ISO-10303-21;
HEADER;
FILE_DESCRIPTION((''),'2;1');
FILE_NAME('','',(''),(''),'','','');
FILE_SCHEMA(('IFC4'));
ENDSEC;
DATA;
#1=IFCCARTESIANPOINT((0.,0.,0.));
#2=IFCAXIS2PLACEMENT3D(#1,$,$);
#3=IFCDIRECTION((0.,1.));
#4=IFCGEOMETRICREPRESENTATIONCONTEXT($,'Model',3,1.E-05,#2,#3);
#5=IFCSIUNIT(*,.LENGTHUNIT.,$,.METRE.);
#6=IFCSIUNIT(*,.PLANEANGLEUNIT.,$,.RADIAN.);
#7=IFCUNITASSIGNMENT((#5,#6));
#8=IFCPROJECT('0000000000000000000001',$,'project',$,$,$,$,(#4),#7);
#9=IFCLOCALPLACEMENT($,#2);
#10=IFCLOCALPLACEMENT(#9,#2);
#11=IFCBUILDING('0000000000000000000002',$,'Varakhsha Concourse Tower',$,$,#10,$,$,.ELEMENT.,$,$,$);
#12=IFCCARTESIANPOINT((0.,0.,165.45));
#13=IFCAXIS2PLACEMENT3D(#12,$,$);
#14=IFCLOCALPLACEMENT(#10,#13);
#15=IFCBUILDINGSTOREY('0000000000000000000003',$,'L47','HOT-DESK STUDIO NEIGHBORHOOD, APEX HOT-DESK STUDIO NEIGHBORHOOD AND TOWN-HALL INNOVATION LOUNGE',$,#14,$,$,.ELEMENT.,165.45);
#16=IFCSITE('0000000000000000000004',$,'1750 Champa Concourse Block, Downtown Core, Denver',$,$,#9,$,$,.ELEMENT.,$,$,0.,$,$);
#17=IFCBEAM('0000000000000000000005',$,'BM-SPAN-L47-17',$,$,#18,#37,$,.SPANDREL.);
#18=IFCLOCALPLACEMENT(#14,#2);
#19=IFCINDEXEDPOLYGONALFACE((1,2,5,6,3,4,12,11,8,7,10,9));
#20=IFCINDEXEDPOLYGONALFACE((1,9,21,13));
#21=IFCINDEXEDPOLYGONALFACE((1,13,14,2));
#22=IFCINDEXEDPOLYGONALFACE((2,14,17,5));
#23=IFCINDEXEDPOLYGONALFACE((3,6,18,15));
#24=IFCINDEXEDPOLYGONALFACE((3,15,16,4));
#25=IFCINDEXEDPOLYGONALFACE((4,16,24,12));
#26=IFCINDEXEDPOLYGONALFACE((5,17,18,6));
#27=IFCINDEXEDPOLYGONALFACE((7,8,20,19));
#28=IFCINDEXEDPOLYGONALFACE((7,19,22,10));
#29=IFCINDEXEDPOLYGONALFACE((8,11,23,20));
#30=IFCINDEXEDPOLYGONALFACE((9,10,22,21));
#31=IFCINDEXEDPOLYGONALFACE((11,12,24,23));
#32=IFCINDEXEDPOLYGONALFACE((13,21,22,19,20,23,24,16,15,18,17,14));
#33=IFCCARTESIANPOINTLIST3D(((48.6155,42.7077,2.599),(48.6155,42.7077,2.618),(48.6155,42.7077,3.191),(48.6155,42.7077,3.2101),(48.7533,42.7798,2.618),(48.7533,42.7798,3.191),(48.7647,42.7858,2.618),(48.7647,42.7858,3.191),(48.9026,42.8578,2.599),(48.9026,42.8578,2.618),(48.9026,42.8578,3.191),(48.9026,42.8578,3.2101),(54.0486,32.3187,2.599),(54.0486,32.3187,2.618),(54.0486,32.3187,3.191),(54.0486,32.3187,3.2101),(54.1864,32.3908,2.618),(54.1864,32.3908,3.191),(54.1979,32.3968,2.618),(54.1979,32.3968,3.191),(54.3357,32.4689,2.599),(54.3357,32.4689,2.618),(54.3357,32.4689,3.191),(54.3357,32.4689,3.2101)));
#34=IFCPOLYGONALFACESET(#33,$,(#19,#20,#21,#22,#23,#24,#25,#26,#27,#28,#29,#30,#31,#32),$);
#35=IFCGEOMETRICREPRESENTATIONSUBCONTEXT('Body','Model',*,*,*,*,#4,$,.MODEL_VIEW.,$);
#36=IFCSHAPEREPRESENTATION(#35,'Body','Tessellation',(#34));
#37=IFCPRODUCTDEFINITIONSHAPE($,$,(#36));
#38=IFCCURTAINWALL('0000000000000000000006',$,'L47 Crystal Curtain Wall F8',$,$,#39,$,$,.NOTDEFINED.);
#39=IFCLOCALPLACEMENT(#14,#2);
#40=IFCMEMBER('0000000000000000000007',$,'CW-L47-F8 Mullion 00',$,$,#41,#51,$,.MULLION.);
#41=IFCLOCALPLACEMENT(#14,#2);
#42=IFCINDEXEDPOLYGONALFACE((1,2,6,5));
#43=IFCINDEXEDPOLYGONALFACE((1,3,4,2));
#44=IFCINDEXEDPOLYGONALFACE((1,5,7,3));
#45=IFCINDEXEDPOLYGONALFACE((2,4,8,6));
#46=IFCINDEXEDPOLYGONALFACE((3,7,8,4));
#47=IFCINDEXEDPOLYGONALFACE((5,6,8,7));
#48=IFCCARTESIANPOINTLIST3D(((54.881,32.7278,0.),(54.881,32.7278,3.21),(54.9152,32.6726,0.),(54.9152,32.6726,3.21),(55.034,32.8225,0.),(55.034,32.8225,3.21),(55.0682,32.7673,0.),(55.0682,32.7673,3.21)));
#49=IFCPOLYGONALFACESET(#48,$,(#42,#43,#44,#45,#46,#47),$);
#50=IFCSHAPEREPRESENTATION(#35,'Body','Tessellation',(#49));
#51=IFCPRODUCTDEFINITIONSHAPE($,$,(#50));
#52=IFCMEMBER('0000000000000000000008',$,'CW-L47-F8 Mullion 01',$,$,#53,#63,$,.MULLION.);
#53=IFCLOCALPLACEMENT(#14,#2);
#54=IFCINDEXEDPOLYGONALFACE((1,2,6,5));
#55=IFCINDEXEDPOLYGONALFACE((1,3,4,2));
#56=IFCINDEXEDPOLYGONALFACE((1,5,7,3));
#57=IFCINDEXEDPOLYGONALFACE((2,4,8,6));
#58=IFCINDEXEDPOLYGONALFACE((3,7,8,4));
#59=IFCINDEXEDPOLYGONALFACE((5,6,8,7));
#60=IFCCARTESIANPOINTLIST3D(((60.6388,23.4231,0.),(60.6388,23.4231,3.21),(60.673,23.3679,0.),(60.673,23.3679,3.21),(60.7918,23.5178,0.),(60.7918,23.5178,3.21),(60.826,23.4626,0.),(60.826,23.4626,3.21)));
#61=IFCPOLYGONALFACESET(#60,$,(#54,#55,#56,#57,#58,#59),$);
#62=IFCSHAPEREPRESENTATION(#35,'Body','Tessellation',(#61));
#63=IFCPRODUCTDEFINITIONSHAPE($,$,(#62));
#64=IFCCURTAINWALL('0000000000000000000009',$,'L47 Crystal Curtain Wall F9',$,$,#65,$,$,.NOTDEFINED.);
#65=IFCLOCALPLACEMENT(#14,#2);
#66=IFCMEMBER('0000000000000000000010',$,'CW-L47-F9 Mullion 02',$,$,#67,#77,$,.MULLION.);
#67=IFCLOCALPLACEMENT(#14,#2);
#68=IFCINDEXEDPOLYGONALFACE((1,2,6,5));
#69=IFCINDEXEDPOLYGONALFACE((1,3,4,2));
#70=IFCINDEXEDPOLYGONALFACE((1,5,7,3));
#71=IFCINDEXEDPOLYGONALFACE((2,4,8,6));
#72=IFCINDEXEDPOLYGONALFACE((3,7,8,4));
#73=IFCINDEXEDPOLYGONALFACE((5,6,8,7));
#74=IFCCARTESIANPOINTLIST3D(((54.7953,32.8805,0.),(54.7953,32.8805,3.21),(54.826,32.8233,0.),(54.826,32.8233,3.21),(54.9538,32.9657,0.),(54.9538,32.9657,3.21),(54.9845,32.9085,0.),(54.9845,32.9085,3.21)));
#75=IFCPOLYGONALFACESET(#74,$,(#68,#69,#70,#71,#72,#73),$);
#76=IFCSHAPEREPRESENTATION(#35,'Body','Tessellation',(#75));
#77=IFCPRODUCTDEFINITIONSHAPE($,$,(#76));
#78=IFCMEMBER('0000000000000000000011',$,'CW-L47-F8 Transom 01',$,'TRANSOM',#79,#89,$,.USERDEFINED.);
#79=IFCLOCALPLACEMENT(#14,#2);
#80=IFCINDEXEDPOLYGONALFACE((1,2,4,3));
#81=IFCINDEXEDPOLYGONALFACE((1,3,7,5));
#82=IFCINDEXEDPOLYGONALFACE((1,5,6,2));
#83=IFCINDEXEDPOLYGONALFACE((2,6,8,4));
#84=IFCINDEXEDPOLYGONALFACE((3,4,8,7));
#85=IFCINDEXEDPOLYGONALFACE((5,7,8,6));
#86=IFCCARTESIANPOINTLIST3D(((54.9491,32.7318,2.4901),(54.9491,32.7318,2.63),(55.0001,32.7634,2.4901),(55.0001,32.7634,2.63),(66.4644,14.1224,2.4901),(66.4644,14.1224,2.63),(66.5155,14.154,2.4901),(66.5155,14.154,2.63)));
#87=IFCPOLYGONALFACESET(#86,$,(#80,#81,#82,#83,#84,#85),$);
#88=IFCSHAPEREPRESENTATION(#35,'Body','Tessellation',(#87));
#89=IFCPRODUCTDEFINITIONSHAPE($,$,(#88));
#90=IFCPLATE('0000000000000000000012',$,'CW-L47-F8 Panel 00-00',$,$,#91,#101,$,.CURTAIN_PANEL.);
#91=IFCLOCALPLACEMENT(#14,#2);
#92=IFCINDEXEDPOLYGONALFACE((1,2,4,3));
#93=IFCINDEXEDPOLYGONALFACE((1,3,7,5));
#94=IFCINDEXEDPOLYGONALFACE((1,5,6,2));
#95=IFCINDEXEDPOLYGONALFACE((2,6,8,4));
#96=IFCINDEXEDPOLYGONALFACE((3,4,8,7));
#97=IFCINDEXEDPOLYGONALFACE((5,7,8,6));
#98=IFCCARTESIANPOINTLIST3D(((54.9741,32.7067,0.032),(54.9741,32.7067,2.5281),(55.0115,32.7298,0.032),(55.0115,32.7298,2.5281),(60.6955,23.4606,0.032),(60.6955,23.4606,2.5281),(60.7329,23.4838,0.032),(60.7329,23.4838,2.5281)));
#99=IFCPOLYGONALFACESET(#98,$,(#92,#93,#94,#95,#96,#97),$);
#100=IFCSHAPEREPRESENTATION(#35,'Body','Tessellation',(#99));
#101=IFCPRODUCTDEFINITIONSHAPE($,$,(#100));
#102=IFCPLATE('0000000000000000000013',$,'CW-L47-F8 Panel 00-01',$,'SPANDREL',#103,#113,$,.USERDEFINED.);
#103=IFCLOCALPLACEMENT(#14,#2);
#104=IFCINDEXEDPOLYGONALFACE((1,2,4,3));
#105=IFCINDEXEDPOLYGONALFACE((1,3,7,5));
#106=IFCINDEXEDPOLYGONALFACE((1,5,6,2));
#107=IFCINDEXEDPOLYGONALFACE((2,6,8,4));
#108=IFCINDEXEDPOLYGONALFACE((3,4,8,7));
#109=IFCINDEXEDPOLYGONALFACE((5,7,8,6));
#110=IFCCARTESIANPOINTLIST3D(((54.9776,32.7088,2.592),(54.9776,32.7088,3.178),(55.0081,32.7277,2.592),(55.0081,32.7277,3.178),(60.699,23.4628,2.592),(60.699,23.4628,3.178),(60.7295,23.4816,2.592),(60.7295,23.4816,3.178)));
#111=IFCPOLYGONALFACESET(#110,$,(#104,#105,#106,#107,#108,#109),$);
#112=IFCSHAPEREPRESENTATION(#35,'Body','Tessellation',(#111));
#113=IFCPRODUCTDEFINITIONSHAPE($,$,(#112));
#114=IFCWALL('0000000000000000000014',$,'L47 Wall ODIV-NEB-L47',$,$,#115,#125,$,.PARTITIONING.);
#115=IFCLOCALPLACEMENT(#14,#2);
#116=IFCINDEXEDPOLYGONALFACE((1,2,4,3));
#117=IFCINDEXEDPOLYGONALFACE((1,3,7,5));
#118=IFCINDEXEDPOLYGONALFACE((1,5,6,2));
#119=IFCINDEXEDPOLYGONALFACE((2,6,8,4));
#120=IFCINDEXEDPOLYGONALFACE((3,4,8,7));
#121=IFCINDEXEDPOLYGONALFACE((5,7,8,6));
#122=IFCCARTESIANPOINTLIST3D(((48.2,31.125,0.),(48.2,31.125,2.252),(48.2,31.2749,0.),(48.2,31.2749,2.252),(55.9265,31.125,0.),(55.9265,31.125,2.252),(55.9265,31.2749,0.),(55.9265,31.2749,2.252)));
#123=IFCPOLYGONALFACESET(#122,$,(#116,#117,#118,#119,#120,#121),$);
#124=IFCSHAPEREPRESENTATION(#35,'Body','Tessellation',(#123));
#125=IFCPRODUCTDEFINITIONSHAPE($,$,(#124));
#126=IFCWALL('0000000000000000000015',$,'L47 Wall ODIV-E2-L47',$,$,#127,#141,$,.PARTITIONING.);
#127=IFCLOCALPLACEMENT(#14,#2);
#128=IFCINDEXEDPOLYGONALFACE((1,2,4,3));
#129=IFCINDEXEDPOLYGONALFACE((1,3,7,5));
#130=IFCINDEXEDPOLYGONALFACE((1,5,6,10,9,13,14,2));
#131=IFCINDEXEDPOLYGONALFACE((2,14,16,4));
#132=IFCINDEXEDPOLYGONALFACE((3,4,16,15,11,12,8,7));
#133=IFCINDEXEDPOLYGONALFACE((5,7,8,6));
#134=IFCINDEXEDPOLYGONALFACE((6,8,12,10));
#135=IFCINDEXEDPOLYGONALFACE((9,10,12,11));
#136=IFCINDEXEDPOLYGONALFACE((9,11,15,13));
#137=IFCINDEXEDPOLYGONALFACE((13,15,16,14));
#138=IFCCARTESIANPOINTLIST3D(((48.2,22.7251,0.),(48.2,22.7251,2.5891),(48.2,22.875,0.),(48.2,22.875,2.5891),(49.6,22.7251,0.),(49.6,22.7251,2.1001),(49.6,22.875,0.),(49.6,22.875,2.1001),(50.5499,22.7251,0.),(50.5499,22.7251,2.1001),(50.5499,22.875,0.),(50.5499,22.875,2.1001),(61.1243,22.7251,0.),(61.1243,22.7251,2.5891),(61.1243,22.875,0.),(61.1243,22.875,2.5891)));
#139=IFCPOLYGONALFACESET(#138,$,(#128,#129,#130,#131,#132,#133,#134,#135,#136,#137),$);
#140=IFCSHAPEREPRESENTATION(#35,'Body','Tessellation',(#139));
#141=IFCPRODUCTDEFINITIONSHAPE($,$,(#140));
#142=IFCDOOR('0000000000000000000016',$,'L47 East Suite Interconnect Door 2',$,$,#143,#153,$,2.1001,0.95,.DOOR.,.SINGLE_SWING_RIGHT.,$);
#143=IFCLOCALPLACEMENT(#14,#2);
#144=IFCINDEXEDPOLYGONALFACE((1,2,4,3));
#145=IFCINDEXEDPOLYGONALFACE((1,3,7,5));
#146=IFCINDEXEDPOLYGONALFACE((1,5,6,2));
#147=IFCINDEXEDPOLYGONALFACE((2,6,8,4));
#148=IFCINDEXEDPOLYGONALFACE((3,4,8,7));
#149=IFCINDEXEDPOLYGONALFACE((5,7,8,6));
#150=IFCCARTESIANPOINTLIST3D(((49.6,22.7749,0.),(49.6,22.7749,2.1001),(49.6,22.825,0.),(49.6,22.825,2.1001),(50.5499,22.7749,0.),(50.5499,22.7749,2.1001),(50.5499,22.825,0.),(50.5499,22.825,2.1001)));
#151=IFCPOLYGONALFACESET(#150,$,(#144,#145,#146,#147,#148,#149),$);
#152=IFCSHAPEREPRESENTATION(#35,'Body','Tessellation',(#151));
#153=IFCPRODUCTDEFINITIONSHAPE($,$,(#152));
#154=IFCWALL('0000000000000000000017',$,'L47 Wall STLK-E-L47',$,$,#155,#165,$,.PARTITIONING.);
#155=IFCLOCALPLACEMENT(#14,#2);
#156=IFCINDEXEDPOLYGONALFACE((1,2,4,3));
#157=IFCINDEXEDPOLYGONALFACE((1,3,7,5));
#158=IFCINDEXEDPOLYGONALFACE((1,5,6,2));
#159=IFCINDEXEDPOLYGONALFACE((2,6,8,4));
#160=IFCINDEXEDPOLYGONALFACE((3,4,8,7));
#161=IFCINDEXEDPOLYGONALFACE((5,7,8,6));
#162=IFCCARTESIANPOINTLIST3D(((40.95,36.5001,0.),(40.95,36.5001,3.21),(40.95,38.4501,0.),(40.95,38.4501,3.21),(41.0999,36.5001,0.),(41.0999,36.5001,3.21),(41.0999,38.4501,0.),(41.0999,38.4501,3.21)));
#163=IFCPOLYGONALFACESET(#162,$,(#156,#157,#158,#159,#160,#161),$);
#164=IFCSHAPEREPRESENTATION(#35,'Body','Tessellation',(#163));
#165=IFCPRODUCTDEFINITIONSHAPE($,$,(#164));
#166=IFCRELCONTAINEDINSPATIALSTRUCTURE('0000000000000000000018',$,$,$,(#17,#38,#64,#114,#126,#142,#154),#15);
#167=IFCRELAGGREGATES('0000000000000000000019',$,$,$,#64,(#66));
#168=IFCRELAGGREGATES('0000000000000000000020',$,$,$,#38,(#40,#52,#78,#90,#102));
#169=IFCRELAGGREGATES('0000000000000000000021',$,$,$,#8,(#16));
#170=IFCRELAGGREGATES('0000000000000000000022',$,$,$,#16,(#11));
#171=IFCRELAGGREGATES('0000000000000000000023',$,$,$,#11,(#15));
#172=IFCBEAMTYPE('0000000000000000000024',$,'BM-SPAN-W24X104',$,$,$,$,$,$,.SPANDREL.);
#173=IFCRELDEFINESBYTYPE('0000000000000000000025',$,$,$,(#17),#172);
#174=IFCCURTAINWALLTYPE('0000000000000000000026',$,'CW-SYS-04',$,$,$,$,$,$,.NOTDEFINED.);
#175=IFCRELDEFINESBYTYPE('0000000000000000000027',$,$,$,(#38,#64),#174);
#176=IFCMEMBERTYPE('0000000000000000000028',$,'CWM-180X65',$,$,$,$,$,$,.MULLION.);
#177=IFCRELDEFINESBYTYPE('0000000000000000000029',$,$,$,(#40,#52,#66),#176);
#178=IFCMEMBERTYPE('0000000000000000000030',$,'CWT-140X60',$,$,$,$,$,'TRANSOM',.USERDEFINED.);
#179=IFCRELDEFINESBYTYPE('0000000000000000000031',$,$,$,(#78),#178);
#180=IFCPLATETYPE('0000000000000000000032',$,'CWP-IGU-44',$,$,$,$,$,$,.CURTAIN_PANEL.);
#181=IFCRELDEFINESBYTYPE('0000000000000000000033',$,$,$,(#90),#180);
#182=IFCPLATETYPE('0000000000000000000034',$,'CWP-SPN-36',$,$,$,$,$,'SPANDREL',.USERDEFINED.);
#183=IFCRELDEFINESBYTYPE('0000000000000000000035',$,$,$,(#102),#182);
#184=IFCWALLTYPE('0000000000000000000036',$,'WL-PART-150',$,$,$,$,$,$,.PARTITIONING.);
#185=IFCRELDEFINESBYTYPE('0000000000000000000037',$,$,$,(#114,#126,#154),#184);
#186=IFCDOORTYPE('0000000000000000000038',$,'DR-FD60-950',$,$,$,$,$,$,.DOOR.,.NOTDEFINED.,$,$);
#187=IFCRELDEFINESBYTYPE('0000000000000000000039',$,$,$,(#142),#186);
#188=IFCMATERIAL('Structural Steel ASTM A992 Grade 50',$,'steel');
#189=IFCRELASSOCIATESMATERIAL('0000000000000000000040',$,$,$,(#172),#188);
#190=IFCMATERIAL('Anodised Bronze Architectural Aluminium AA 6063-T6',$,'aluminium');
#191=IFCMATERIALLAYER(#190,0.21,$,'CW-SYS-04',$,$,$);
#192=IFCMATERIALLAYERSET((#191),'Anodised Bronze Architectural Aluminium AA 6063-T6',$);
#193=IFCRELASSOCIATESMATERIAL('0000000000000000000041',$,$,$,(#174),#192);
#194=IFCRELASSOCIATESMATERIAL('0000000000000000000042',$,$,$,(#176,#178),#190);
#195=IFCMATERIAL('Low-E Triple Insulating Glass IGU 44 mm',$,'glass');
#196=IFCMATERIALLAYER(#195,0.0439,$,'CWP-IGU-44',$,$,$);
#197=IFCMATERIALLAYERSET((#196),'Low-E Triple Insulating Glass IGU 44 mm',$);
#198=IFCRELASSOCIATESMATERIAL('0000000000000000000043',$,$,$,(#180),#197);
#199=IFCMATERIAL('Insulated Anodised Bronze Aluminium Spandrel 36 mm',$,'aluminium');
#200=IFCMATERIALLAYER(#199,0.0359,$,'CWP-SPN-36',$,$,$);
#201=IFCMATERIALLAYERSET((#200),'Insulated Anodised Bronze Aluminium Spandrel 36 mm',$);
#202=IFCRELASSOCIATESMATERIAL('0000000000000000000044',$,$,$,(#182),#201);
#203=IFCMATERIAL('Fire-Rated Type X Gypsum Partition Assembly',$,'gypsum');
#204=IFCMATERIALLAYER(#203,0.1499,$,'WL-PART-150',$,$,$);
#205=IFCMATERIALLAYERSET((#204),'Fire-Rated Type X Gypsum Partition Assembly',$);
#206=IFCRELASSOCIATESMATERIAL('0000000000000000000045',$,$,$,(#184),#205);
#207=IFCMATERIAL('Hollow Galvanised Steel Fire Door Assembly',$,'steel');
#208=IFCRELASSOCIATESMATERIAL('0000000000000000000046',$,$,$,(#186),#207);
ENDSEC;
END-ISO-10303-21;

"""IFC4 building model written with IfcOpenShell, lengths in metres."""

from ifc_helpers import new_model, si_unit, direction, frame, frame_2d, origin, origin_2d, place, context, subcontext, project, spatial, rectangle, i_section, extrude, source, transform, mapped, material, layer, layer_set, material_profile, profile_set, type_object, type_shapes, element, fill, aggregate, save


model = new_model("IFC4")

# Units and contexts
model_context = context("Model", 3, precision=1e-05, world=origin(), true_north=direction((0.0, 1.0)))
body_context = subcontext(model_context, "Body", "Model", "MODEL_VIEW")
ifc_project = project(units=[si_unit("LENGTHUNIT", "METRE"), si_unit("PLANEANGLEUNIT", "RADIAN")], contexts=[model_context])

# Site, building, storey
site_placement = place(None, origin())
site = spatial("IfcSite", under=ifc_project, at=site_placement, Name="1750 Champa Concourse Block, Downtown Core, Denver", CompositionType="ELEMENT", RefElevation=0.0)
building_placement = place(site_placement, origin())
building = spatial("IfcBuilding", under=site, at=building_placement, Name="Varakhsha Concourse Tower", CompositionType="ELEMENT")
storey_placement = place(building_placement, frame((0.0, 0.0, 165.45)))
storey = spatial("IfcBuildingStorey", under=building, at=storey_placement, Name="L47", Description="HOT-DESK STUDIO NEIGHBORHOOD, APEX HOT-DESK STUDIO NEIGHBORHOOD AND TOWN-HALL INNOVATION LOUNGE", CompositionType="ELEMENT", Elevation=165.45)

# Shared definitions
ifc_material_1 = material(Name="Structural Steel ASTM A992 Grade 50", Category="steel")

# Beam
ifc_material_profile_1 = material_profile(ifc_material_1, i_section(OverallWidth=0.324, OverallDepth=0.6111, WebThickness=0.0129, FlangeThickness=0.019, at=origin_2d()), Name="W24X104")
ifc_profile_set_1 = profile_set([ifc_material_profile_1], Name="Structural Steel ASTM A992 Grade 50")
beam_type_1 = type_object("IfcBeamType", Name="BM-SPAN-W24X104", PredefinedType="SPANDREL", material=ifc_profile_set_1)
beam_1_placement = place(storey_placement, frame((54.1921, 32.3938, 2.9045), z_axis=(-0.463424, 0.886137, 0.0), x_axis=(-0.886137, -0.463424, 0.0)))
element("IfcBeam", 1, at=beam_1_placement, inside=storey, type_object=beam_type_1, Name="BM-SPAN-L47-17", PredefinedType="SPANDREL", context=body_context, shape_type="SweptSolid", body=[
    extrude(i_section(OverallWidth=0.324, OverallDepth=0.6111, WebThickness=0.0129, FlangeThickness=0.019, at=origin_2d()), origin(), (0.0, 0.0, 1.0), 11.7239),
])

# Curtain wall, members
ifc_material_2 = material(Name="Anodised Bronze Architectural Aluminium AA 6063-T6", Category="aluminium")
ifc_layer_1 = layer(ifc_material_2, 0.21, Name="CW-SYS-04")
ifc_layer_set_1 = layer_set([ifc_layer_1], Name="Anodised Bronze Architectural Aluminium AA 6063-T6")
curtain_wall_type = type_object("IfcCurtainWallType", Name="CW-SYS-04", PredefinedType="NOTDEFINED", material=ifc_layer_set_1)
curtain_wall_1_placement = place(storey_placement, origin())
curtain_wall_1 = element("IfcCurtainWall", 2, at=curtain_wall_1_placement, inside=storey, type_object=curtain_wall_type, Name="L47 Crystal Curtain Wall F8", PredefinedType="NOTDEFINED")
ifc_material_profile_2 = material_profile(ifc_material_2, rectangle(XDim=0.0649, YDim=0.1799, at=origin_2d()), Name="CWM-180X65")
ifc_profile_set_2 = profile_set([ifc_material_profile_2], Name="Anodised Bronze Architectural Aluminium AA 6063-T6")
member_type_1 = type_object("IfcMemberType", Name="CWM-180X65", PredefinedType="MULLION", material=ifc_profile_set_2)
shared_shape_1 = source(origin(), body_context, "Body", "SweptSolid", [
    extrude(rectangle(XDim=0.0649, YDim=0.1799, at=origin_2d()), origin(), (0.0, 0.0, 1.0), 3.21),
])
type_shapes(member_type_1, [shared_shape_1])
member_1_placement = place(storey_placement, frame((54.9746, 32.7476, 0.0), z_axis=(0.0, 0.0, 1.0), x_axis=(0.526199, -0.850361, 0.0)))
member_1 = element("IfcMember", 3, at=member_1_placement, type_object=member_type_1, Name="CW-L47-F8 Mullion 00", PredefinedType="MULLION", context=body_context, shape_type="MappedRepresentation", body=[
    mapped(shared_shape_1, transform((0.0, 0.0, 0.0), scale=1.0)),
])
member_2_placement = place(storey_placement, frame((60.7324, 23.4429, 0.0), z_axis=(0.0, 0.0, 1.0), x_axis=(0.526199, -0.850361, 0.0)))
member_2 = element("IfcMember", 4, at=member_2_placement, type_object=member_type_1, Name="CW-L47-F8 Mullion 01", PredefinedType="MULLION", context=body_context, shape_type="MappedRepresentation", body=[
    mapped(shared_shape_1, transform((0.0, 0.0, 0.0), scale=1.0)),
])

# Curtain wall, member
curtain_wall_2_placement = place(storey_placement, origin())
curtain_wall_2 = element("IfcCurtainWall", 5, at=curtain_wall_2_placement, inside=storey, type_object=curtain_wall_type, Name="L47 Crystal Curtain Wall F9", PredefinedType="NOTDEFINED")
member_3_placement = place(storey_placement, frame((54.8899, 32.8945, 0.0), z_axis=(0.0, 0.0, 1.0), x_axis=(0.473337, -0.880882, 0.0)))
member_3 = element("IfcMember", 6, at=member_3_placement, type_object=member_type_1, Name="CW-L47-F9 Mullion 02", PredefinedType="MULLION", context=body_context, shape_type="MappedRepresentation", body=[
    mapped(shared_shape_1, transform((0.0, 0.0, 0.0), scale=1.0)),
])
aggregate(curtain_wall_2, [member_3])

# Member
ifc_material_profile_3 = material_profile(ifc_material_2, rectangle(XDim=0.0601, YDim=0.1399, at=origin_2d()), Name="CWT-140X60")
ifc_profile_set_3 = profile_set([ifc_material_profile_3], Name="Anodised Bronze Architectural Aluminium AA 6063-T6")
member_type_2 = type_object("IfcMemberType", Name="CWT-140X60", ElementType="TRANSOM", PredefinedType="USERDEFINED", material=ifc_profile_set_3)
shared_shape_2 = source(origin(), body_context, "Body", "SweptSolid", [
    extrude(rectangle(XDim=0.0601, YDim=0.1399, at=origin_2d()), origin(), (0.0, 0.0, 1.0), 21.884),
])
type_shapes(member_type_2, [shared_shape_2])
member_4_placement = place(storey_placement, frame((54.9746, 32.7476, 2.5601), z_axis=(0.526199, -0.850361, 0.0), x_axis=(0.850361, 0.526199, 0.0)))
member_4 = element("IfcMember", 7, at=member_4_placement, type_object=member_type_2, Name="CW-L47-F8 Transom 01", ObjectType="TRANSOM", PredefinedType="USERDEFINED", context=body_context, shape_type="MappedRepresentation", body=[
    mapped(shared_shape_2, transform((0.0, 0.0, 0.0), scale=1.0)),
])

# Plates
ifc_material_3 = material(Name="Low-E Triple Insulating Glass IGU 44 mm", Category="glass")
ifc_layer_2 = layer(ifc_material_3, 0.0439, Name="CWP-IGU-44")
ifc_layer_set_2 = layer_set([ifc_layer_2], Name="Low-E Triple Insulating Glass IGU 44 mm")
plate_type_1 = type_object("IfcPlateType", Name="CWP-IGU-44", PredefinedType="CURTAIN_PANEL", material=ifc_layer_set_2)
shared_shape_3 = source(origin(), body_context, "Body", "SweptSolid", [
    extrude(rectangle(XDim=10.873, YDim=0.0439, at=origin_2d()), origin(), (0.0, 0.0, 1.0), 2.4961),
])
type_shapes(plate_type_1, [shared_shape_3])
plate_1_placement = place(storey_placement, frame((57.8535, 28.0952, 0.032), z_axis=(0.0, 0.0, 1.0), x_axis=(0.526199, -0.850361, 0.0)))
plate_1 = element("IfcPlate", 8, at=plate_1_placement, type_object=plate_type_1, Name="CW-L47-F8 Panel 00-00", PredefinedType="CURTAIN_PANEL", context=body_context, shape_type="MappedRepresentation", body=[
    mapped(shared_shape_3, transform((0.0, 0.0, 0.0), scale=1.0)),
])
ifc_material_4 = material(Name="Insulated Anodised Bronze Aluminium Spandrel 36 mm", Category="aluminium")
ifc_layer_3 = layer(ifc_material_4, 0.0359, Name="CWP-SPN-36")
ifc_layer_set_3 = layer_set([ifc_layer_3], Name="Insulated Anodised Bronze Aluminium Spandrel 36 mm")
plate_type_2 = type_object("IfcPlateType", Name="CWP-SPN-36", ElementType="SPANDREL", PredefinedType="USERDEFINED", material=ifc_layer_set_3)
shared_shape_4 = source(origin(), body_context, "Body", "SweptSolid", [
    extrude(rectangle(XDim=10.873, YDim=0.0359, at=origin_2d()), origin(), (0.0, 0.0, 1.0), 0.5859),
])
type_shapes(plate_type_2, [shared_shape_4])
plate_2_placement = place(storey_placement, frame((57.8535, 28.0952, 2.592), z_axis=(0.0, 0.0, 1.0), x_axis=(0.526199, -0.850361, 0.0)))
plate_2 = element("IfcPlate", 9, at=plate_2_placement, type_object=plate_type_2, Name="CW-L47-F8 Panel 00-01", ObjectType="SPANDREL", PredefinedType="USERDEFINED", context=body_context, shape_type="MappedRepresentation", body=[
    mapped(shared_shape_4, transform((0.0, 0.0, 0.0), scale=1.0)),
])
aggregate(curtain_wall_1, [member_1, member_2, member_4, plate_1, plate_2])

# Wall
ifc_material_5 = material(Name="Fire-Rated Type X Gypsum Partition Assembly", Category="gypsum")
ifc_layer_4 = layer(ifc_material_5, 0.1499, Name="WL-PART-150")
ifc_layer_set_4 = layer_set([ifc_layer_4], Name="Fire-Rated Type X Gypsum Partition Assembly")
wall_type_1 = type_object("IfcWallType", Name="WL-PART-150", PredefinedType="PARTITIONING", material=ifc_layer_set_4)
wall_1_placement = place(storey_placement, frame((48.2, 31.2, 0.0), z_axis=(0.0, 0.0, 1.0), x_axis=(1.0, 0.0, 0.0)))
element("IfcWall", 10, at=wall_1_placement, inside=storey, type_object=wall_type_1, Name="L47 Wall ODIV-NEB-L47", PredefinedType="PARTITIONING", context=body_context, shape_type="SweptSolid", body=[
    extrude(rectangle(XDim=7.7266, YDim=0.1499, at=frame_2d((3.8633, 0.0))), origin(), (0.0, 0.0, 1.0), 2.252),
])

# Wall, opening, door
wall_2_placement = place(storey_placement, frame((48.2, 22.8, 0.0), z_axis=(0.0, 0.0, 1.0), x_axis=(1.0, 0.0, 0.0)))
wall_2 = element("IfcWall", 11, at=wall_2_placement, inside=storey, type_object=wall_type_1, Name="L47 Wall ODIV-E2-L47", PredefinedType="PARTITIONING", context=body_context, shape_type="SweptSolid", body=[
    extrude(rectangle(XDim=12.9243, YDim=0.1499, at=frame_2d((6.4622, 0.0))), origin(), (0.0, 0.0, 1.0), 2.5891),
])
opening_placement = place(wall_2_placement, frame((1.3999, 0.0, 0.0)))
opening = element("IfcOpeningElement", 12, at=opening_placement, cuts=wall_2, PredefinedType="OPENING", context=body_context, shape_type="SweptSolid", body=[
    extrude(rectangle(XDim=0.95, YDim=2.1001, at=frame_2d((0.4751, 1.05))), frame((0.0, 0.085, 0.0), z_axis=(0.0, -1.0, 0.0), x_axis=(1.0, 0.0, 0.0)), (0.0, 0.0, 1.0), 0.1699),
])
ifc_material_6 = material(Name="Hollow Galvanised Steel Fire Door Assembly", Category="steel")
door_type = type_object("IfcDoorType", Name="DR-FD60-950", OperationType="NOTDEFINED", PredefinedType="DOOR", material=ifc_material_6)
door_placement = place(opening_placement, origin())
door = element("IfcDoor", 13, at=door_placement, inside=storey, type_object=door_type, Name="L47 East Suite Interconnect Door 2", OperationType="SINGLE_SWING_RIGHT", OverallHeight=2.1001, OverallWidth=0.95, PredefinedType="DOOR", context=body_context, shape_type="SweptSolid", body=[
    extrude(rectangle(XDim=0.95, YDim=2.1001, at=frame_2d((0.4751, 1.05))), frame((0.0, 0.0249, 0.0), z_axis=(0.0, -1.0, 0.0), x_axis=(1.0, 0.0, 0.0)), (0.0, 0.0, 1.0), 0.05),
])
fill(opening, door)

# Wall
wall_3_placement = place(storey_placement, frame((41.0249, 36.5, 0.0), z_axis=(0.0, 0.0, 1.0), x_axis=(0.0, 1.0, 0.0)))
element("IfcWall", 14, at=wall_3_placement, inside=storey, type_object=wall_type_1, Name="L47 Wall STLK-E-L47", PredefinedType="PARTITIONING", context=body_context, shape_type="SweptSolid", body=[
    extrude(rectangle(XDim=1.95, YDim=0.1499, at=frame_2d((0.9751, 0.0))), origin(), (0.0, 0.0, 1.0), 3.21),
])

save(model, "model.ifc")
